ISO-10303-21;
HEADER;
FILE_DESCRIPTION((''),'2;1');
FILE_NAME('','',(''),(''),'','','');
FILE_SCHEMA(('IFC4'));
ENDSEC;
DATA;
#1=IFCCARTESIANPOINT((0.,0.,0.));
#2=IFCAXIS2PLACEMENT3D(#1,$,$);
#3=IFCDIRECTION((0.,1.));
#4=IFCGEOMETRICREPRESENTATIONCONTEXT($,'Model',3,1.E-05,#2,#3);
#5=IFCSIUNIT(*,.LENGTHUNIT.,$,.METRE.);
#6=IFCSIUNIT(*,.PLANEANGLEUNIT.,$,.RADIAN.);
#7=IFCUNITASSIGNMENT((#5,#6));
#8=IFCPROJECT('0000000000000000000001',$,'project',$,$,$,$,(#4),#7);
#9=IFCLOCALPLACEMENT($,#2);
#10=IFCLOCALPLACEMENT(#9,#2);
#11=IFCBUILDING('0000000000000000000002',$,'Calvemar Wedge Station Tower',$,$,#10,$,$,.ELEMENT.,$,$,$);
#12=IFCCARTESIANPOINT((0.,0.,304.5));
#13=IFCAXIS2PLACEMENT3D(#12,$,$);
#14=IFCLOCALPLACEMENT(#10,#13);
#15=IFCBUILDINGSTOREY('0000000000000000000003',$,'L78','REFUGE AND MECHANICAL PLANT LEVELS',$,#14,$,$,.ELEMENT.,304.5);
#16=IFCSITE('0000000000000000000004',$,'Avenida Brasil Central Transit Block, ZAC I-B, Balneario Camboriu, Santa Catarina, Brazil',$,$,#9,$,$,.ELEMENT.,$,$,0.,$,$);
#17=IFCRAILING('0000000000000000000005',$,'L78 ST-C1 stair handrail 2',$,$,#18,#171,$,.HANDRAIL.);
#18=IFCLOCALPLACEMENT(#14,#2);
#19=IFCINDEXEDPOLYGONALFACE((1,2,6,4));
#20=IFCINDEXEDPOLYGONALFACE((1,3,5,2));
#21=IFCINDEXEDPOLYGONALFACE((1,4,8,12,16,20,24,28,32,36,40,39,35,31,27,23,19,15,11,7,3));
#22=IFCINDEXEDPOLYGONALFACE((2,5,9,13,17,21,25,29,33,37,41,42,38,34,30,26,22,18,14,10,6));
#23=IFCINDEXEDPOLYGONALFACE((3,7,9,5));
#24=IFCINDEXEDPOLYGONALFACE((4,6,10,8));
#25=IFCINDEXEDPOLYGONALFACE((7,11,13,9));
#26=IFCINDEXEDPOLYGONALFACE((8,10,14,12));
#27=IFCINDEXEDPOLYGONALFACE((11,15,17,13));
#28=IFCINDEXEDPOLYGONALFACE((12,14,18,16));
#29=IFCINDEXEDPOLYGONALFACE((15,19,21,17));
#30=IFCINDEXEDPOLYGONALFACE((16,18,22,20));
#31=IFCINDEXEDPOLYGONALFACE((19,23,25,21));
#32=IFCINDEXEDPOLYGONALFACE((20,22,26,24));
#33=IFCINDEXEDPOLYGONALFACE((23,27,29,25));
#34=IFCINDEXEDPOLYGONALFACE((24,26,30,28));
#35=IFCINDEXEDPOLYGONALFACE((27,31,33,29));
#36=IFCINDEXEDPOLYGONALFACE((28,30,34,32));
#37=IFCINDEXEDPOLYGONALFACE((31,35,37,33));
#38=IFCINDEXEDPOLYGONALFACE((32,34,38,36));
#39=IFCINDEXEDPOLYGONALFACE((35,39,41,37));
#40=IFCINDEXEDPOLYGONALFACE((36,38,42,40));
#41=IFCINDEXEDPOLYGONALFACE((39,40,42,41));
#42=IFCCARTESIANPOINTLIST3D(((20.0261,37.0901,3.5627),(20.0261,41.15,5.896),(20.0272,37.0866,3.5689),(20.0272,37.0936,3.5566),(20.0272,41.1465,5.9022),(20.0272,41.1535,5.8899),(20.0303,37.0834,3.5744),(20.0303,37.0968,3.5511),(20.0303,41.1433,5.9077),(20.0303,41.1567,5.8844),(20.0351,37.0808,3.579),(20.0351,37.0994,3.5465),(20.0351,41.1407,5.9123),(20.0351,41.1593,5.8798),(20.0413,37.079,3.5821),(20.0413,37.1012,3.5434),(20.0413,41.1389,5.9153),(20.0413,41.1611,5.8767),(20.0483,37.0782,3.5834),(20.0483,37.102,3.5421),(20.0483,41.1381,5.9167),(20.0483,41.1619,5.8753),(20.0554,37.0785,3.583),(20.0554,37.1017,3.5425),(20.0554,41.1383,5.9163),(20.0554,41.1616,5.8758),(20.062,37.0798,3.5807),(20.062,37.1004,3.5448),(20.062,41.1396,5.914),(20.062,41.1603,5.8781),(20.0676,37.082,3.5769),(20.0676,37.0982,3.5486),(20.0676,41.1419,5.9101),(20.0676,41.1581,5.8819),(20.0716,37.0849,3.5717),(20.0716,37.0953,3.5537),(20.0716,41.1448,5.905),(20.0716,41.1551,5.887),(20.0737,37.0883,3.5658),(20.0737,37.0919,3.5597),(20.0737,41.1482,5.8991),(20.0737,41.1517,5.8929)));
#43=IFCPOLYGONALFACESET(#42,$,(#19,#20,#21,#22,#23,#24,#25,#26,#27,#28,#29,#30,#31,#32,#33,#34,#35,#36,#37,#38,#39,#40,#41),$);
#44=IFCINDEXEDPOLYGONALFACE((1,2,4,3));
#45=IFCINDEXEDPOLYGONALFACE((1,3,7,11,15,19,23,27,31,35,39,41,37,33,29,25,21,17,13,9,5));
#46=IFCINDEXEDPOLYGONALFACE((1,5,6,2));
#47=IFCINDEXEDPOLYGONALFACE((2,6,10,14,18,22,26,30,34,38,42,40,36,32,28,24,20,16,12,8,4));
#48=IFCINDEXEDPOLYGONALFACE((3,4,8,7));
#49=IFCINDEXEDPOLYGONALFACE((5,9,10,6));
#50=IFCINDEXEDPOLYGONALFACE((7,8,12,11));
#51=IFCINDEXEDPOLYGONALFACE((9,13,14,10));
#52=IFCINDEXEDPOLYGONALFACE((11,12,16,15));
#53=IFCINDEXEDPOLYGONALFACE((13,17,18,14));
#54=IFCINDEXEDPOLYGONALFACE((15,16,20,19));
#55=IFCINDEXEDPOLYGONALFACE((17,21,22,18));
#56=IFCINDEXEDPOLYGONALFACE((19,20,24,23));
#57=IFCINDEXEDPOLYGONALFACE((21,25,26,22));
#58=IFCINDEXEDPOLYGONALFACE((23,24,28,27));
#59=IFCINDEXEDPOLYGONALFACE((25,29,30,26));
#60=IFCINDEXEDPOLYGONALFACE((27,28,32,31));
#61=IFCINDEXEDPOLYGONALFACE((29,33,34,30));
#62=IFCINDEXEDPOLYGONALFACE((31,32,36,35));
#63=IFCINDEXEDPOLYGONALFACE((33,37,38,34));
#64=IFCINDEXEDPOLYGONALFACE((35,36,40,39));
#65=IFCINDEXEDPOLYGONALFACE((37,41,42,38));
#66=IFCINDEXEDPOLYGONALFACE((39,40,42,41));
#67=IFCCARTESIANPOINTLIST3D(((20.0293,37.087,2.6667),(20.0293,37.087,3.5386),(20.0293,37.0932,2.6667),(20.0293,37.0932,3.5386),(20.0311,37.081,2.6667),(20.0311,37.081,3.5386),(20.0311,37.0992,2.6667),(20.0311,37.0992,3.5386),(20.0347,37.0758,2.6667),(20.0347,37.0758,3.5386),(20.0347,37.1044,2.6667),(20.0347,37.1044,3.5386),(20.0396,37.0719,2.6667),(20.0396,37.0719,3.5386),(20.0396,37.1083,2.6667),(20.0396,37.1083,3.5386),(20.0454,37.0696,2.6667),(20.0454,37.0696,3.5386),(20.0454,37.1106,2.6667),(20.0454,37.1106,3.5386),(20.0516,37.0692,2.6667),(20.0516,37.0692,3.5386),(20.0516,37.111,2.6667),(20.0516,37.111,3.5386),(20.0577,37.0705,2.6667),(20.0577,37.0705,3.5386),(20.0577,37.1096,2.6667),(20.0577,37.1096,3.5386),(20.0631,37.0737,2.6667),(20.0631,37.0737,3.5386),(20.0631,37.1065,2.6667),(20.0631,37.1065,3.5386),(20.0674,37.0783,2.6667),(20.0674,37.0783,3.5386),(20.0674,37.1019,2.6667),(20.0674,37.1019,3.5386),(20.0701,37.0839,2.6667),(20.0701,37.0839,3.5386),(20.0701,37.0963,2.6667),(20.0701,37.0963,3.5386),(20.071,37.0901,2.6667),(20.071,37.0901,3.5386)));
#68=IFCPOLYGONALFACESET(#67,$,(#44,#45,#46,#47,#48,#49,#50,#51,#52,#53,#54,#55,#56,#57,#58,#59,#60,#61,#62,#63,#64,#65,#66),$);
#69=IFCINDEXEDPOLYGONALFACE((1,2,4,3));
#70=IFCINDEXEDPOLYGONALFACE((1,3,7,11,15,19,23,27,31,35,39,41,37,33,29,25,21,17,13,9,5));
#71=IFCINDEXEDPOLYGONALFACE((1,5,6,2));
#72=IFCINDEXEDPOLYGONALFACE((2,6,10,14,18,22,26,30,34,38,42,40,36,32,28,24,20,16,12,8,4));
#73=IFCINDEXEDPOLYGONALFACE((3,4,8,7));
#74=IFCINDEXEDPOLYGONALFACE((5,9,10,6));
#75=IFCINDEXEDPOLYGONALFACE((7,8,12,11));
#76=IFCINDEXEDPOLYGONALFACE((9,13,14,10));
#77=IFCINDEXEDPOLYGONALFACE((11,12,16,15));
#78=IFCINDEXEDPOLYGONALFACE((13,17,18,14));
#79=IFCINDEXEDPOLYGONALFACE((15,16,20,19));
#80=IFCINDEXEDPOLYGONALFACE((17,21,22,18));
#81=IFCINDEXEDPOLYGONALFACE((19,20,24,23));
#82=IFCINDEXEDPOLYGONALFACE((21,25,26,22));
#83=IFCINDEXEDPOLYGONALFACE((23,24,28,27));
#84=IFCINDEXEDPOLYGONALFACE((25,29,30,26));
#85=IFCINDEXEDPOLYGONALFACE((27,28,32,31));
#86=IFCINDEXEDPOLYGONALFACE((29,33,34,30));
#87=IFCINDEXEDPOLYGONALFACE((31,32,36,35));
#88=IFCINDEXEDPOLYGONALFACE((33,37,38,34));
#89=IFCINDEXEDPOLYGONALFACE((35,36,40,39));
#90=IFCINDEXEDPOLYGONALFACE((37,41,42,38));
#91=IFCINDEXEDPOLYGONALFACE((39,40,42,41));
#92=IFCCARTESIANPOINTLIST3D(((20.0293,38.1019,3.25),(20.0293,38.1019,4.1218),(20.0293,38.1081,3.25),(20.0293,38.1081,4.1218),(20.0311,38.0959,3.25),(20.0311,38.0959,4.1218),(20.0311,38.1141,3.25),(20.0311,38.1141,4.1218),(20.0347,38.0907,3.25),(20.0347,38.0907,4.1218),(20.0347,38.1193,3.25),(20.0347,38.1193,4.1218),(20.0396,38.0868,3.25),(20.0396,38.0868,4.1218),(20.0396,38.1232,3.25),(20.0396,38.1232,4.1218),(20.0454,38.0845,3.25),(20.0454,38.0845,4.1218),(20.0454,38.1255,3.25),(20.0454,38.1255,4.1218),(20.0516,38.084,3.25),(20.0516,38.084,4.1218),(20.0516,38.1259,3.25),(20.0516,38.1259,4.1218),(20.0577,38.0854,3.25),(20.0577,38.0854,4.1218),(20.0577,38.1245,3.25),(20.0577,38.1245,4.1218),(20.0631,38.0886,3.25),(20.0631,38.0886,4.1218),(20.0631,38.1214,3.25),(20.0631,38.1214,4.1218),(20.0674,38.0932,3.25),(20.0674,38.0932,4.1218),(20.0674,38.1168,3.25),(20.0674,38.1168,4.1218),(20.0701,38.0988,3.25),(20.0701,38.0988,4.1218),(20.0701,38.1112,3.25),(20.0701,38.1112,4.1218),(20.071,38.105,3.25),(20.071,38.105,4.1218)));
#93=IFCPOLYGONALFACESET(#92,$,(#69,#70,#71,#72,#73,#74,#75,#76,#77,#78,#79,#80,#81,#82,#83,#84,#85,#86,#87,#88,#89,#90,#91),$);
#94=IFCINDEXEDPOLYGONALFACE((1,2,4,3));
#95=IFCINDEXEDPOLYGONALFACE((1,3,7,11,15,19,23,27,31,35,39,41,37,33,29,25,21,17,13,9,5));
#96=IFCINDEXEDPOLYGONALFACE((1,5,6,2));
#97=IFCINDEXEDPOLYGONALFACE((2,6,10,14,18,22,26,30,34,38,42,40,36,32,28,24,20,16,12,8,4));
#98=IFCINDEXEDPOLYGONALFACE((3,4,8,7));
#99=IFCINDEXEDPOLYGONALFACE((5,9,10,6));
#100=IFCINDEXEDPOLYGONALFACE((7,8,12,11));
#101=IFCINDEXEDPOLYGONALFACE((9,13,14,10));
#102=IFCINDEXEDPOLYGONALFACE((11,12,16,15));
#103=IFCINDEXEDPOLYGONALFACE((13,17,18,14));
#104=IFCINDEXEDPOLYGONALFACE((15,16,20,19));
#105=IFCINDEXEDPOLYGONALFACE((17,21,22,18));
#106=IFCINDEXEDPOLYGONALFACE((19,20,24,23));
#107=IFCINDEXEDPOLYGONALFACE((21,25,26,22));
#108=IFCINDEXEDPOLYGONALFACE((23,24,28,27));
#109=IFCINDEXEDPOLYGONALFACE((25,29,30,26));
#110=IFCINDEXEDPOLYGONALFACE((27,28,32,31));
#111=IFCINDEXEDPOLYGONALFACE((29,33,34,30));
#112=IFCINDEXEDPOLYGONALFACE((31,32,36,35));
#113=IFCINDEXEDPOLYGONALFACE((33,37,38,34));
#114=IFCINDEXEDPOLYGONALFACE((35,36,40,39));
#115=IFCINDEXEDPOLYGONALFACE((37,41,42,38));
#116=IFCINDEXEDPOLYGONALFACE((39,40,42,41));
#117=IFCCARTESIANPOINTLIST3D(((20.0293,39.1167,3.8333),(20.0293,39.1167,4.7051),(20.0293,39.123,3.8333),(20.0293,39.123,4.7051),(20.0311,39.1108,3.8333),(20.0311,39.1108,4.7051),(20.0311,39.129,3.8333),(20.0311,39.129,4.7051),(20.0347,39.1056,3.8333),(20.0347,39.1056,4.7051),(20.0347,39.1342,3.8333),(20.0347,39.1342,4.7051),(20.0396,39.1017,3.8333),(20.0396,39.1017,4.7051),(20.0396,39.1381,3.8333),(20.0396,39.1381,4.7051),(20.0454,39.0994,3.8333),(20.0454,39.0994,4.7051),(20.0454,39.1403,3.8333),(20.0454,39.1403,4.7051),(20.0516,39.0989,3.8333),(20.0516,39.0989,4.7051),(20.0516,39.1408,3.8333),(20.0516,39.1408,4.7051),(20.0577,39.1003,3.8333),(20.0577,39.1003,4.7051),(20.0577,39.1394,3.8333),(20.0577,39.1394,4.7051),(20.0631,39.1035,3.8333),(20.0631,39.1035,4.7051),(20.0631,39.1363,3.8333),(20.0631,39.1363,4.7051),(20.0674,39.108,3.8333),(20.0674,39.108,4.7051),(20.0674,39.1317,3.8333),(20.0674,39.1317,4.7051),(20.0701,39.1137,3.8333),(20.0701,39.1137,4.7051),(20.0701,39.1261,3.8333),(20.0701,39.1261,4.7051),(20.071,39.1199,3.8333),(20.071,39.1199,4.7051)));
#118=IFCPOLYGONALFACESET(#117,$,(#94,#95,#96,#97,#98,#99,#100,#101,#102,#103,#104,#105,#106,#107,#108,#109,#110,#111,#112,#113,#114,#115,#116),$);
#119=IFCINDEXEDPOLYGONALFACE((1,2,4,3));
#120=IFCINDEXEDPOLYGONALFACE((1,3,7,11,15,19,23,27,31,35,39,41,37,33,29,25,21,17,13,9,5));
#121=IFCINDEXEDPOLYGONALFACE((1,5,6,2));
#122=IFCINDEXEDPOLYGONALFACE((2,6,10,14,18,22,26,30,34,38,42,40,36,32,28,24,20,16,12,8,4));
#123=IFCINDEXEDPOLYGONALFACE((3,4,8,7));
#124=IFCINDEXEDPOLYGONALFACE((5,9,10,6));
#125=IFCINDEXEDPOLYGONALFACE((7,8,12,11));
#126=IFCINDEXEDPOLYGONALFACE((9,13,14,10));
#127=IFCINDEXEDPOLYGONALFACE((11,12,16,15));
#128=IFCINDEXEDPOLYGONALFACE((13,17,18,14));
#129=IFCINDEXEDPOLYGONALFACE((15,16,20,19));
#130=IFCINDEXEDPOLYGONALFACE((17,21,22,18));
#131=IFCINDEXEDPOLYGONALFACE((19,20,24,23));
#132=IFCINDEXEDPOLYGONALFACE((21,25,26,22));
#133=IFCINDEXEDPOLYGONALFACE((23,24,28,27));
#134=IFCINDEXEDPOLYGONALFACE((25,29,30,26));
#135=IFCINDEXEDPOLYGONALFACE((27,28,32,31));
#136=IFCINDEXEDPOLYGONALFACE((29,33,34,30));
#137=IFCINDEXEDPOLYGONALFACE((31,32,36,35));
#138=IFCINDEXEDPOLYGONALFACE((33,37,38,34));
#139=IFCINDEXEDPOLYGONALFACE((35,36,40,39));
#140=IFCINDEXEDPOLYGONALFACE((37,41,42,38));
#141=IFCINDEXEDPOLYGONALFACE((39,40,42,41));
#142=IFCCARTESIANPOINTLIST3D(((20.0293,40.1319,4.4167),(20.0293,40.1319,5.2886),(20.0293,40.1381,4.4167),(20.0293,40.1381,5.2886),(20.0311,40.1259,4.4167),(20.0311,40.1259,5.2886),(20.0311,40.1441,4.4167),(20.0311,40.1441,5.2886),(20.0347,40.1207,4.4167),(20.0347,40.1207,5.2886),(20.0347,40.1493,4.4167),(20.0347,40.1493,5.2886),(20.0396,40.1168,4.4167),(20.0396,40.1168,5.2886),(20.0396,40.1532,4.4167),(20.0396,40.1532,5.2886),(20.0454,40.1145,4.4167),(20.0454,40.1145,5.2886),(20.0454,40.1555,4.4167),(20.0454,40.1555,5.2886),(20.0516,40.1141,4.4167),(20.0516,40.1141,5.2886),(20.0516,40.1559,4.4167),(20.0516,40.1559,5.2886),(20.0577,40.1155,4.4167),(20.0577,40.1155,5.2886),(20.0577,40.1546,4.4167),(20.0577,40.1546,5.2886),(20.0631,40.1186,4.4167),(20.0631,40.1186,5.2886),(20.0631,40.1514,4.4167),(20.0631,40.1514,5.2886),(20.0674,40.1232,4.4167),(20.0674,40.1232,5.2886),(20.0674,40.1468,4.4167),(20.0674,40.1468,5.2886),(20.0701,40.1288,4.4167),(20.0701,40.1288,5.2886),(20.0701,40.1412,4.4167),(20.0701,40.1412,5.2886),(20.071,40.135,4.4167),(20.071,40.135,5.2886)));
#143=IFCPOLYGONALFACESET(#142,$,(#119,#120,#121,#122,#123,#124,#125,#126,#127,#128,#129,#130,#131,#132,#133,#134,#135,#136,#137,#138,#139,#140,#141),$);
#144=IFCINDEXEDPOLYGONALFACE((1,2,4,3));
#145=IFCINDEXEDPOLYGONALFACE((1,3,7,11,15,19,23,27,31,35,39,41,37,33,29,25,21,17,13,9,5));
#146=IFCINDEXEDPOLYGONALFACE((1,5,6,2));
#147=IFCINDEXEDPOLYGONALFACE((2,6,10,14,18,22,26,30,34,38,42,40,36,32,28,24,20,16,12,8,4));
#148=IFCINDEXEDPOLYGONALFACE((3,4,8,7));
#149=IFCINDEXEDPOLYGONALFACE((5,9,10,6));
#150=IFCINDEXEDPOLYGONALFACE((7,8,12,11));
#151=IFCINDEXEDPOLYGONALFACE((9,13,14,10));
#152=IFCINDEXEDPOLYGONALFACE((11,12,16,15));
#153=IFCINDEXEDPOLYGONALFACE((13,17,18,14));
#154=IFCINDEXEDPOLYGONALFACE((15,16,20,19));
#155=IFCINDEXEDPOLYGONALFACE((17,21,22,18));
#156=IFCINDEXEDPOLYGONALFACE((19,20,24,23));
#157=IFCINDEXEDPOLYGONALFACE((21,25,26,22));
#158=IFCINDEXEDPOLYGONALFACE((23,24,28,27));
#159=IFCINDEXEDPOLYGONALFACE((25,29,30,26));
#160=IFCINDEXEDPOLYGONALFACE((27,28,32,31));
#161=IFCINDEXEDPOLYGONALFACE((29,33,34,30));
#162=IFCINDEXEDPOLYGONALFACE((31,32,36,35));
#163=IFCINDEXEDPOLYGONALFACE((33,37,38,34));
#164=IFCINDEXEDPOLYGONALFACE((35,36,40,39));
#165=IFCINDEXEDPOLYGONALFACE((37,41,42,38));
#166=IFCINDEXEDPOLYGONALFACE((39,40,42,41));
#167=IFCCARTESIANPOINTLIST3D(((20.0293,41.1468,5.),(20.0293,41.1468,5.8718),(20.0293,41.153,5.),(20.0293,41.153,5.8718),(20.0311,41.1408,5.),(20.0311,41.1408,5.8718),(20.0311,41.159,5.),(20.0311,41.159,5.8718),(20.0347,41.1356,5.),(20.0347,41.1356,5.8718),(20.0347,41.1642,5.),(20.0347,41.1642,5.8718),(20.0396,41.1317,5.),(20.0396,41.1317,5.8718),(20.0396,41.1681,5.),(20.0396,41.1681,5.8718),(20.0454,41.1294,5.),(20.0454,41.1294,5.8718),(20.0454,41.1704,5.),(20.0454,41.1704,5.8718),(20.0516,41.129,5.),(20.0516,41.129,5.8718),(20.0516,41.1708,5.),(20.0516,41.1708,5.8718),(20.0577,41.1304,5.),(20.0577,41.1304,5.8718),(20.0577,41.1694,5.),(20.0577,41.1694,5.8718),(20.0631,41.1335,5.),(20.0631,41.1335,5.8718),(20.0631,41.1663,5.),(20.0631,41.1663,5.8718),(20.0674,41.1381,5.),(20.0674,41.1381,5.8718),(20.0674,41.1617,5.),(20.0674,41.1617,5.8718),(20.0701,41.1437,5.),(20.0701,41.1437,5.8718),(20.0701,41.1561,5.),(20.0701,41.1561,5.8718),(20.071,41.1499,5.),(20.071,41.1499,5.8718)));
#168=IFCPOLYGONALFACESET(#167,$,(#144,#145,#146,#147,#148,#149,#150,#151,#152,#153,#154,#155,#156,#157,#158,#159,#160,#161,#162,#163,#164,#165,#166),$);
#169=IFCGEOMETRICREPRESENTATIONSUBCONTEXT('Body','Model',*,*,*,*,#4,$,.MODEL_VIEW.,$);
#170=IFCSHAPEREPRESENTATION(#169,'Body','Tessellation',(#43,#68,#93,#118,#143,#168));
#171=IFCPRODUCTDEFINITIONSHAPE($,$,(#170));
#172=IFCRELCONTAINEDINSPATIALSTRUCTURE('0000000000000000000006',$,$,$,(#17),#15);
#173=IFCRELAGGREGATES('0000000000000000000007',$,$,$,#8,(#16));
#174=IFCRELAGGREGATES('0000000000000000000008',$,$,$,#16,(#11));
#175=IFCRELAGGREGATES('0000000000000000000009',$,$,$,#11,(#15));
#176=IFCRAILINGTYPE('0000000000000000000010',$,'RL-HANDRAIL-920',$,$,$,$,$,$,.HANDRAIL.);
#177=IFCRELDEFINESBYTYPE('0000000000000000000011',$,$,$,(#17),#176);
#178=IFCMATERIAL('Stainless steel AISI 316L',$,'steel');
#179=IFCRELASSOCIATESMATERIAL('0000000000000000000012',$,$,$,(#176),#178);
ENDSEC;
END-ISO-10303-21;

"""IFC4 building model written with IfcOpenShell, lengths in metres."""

from ifc_helpers import new_model, si_unit, direction, frame, origin, origin_2d, place, context, subcontext, project, spatial, circle, extrude, material, type_object, element, save


model = new_model("IFC4")

# Units and contexts
model_context = context("Model", 3, precision=1e-05, world=origin(), true_north=direction((0.0, 1.0)))
body_context = subcontext(model_context, "Body", "Model", "MODEL_VIEW")
ifc_project = project(units=[si_unit("LENGTHUNIT", "METRE"), si_unit("PLANEANGLEUNIT", "RADIAN")], contexts=[model_context])

# Site, building, storey
site_placement = place(None, origin())
site = spatial("IfcSite", under=ifc_project, at=site_placement, Name="Avenida Brasil Central Transit Block, ZAC I-B, Balneario Camboriu, Santa Catarina, Brazil", CompositionType="ELEMENT", RefElevation=0.0)
building_placement = place(site_placement, origin())
building = spatial("IfcBuilding", under=site, at=building_placement, Name="Calvemar Wedge Station Tower", CompositionType="ELEMENT")
storey_placement = place(building_placement, frame((0.0, 0.0, 304.5)))
storey = spatial("IfcBuildingStorey", under=building, at=storey_placement, Name="L78", Description="REFUGE AND MECHANICAL PLANT LEVELS", CompositionType="ELEMENT", Elevation=304.5)

# Railing
ifc_material_1 = material(Name="Stainless steel AISI 316L", Category="steel")
railing_type_1 = type_object("IfcRailingType", Name="RL-HANDRAIL-920", PredefinedType="HANDRAIL", material=ifc_material_1)
for number, where, name in (
    (1, (20.05, 37.0901, 2.6667), "L78 ST-C1 stair handrail 2"),
):
    element("IfcRailing", number, at=place(storey_placement, frame(where)), inside=storey, type_object=railing_type_1, Name=name, PredefinedType="HANDRAIL", context=body_context, shape_type="SweptSolid", body=[
        extrude(circle(Radius=0.0239, at=origin_2d()), frame((0.0, 0.0, 0.896), z_axis=(0.0, 0.867012, 0.498288), x_axis=(-1.0, 0.0, 0.0)), (0.0, 0.0, 1.0), 4.6826),
        extrude(circle(Radius=0.021, at=origin_2d()), origin(), (0.0, 0.0, 1.0), 0.8718),
        extrude(circle(Radius=0.021, at=origin_2d()), frame((0.0, 1.0149, 0.5833)), (0.0, 0.0, 1.0), 0.8718),
        extrude(circle(Radius=0.021, at=origin_2d()), frame((0.0, 2.0298, 1.1665)), (0.0, 0.0, 1.0), 0.8718),
        extrude(circle(Radius=0.021, at=origin_2d()), frame((0.0, 3.0449, 1.75)), (0.0, 0.0, 1.0), 0.8718),
        extrude(circle(Radius=0.021, at=origin_2d()), frame((0.0, 4.0598, 2.3333)), (0.0, 0.0, 1.0), 0.8718),
    ])

save(model, "model.ifc")
